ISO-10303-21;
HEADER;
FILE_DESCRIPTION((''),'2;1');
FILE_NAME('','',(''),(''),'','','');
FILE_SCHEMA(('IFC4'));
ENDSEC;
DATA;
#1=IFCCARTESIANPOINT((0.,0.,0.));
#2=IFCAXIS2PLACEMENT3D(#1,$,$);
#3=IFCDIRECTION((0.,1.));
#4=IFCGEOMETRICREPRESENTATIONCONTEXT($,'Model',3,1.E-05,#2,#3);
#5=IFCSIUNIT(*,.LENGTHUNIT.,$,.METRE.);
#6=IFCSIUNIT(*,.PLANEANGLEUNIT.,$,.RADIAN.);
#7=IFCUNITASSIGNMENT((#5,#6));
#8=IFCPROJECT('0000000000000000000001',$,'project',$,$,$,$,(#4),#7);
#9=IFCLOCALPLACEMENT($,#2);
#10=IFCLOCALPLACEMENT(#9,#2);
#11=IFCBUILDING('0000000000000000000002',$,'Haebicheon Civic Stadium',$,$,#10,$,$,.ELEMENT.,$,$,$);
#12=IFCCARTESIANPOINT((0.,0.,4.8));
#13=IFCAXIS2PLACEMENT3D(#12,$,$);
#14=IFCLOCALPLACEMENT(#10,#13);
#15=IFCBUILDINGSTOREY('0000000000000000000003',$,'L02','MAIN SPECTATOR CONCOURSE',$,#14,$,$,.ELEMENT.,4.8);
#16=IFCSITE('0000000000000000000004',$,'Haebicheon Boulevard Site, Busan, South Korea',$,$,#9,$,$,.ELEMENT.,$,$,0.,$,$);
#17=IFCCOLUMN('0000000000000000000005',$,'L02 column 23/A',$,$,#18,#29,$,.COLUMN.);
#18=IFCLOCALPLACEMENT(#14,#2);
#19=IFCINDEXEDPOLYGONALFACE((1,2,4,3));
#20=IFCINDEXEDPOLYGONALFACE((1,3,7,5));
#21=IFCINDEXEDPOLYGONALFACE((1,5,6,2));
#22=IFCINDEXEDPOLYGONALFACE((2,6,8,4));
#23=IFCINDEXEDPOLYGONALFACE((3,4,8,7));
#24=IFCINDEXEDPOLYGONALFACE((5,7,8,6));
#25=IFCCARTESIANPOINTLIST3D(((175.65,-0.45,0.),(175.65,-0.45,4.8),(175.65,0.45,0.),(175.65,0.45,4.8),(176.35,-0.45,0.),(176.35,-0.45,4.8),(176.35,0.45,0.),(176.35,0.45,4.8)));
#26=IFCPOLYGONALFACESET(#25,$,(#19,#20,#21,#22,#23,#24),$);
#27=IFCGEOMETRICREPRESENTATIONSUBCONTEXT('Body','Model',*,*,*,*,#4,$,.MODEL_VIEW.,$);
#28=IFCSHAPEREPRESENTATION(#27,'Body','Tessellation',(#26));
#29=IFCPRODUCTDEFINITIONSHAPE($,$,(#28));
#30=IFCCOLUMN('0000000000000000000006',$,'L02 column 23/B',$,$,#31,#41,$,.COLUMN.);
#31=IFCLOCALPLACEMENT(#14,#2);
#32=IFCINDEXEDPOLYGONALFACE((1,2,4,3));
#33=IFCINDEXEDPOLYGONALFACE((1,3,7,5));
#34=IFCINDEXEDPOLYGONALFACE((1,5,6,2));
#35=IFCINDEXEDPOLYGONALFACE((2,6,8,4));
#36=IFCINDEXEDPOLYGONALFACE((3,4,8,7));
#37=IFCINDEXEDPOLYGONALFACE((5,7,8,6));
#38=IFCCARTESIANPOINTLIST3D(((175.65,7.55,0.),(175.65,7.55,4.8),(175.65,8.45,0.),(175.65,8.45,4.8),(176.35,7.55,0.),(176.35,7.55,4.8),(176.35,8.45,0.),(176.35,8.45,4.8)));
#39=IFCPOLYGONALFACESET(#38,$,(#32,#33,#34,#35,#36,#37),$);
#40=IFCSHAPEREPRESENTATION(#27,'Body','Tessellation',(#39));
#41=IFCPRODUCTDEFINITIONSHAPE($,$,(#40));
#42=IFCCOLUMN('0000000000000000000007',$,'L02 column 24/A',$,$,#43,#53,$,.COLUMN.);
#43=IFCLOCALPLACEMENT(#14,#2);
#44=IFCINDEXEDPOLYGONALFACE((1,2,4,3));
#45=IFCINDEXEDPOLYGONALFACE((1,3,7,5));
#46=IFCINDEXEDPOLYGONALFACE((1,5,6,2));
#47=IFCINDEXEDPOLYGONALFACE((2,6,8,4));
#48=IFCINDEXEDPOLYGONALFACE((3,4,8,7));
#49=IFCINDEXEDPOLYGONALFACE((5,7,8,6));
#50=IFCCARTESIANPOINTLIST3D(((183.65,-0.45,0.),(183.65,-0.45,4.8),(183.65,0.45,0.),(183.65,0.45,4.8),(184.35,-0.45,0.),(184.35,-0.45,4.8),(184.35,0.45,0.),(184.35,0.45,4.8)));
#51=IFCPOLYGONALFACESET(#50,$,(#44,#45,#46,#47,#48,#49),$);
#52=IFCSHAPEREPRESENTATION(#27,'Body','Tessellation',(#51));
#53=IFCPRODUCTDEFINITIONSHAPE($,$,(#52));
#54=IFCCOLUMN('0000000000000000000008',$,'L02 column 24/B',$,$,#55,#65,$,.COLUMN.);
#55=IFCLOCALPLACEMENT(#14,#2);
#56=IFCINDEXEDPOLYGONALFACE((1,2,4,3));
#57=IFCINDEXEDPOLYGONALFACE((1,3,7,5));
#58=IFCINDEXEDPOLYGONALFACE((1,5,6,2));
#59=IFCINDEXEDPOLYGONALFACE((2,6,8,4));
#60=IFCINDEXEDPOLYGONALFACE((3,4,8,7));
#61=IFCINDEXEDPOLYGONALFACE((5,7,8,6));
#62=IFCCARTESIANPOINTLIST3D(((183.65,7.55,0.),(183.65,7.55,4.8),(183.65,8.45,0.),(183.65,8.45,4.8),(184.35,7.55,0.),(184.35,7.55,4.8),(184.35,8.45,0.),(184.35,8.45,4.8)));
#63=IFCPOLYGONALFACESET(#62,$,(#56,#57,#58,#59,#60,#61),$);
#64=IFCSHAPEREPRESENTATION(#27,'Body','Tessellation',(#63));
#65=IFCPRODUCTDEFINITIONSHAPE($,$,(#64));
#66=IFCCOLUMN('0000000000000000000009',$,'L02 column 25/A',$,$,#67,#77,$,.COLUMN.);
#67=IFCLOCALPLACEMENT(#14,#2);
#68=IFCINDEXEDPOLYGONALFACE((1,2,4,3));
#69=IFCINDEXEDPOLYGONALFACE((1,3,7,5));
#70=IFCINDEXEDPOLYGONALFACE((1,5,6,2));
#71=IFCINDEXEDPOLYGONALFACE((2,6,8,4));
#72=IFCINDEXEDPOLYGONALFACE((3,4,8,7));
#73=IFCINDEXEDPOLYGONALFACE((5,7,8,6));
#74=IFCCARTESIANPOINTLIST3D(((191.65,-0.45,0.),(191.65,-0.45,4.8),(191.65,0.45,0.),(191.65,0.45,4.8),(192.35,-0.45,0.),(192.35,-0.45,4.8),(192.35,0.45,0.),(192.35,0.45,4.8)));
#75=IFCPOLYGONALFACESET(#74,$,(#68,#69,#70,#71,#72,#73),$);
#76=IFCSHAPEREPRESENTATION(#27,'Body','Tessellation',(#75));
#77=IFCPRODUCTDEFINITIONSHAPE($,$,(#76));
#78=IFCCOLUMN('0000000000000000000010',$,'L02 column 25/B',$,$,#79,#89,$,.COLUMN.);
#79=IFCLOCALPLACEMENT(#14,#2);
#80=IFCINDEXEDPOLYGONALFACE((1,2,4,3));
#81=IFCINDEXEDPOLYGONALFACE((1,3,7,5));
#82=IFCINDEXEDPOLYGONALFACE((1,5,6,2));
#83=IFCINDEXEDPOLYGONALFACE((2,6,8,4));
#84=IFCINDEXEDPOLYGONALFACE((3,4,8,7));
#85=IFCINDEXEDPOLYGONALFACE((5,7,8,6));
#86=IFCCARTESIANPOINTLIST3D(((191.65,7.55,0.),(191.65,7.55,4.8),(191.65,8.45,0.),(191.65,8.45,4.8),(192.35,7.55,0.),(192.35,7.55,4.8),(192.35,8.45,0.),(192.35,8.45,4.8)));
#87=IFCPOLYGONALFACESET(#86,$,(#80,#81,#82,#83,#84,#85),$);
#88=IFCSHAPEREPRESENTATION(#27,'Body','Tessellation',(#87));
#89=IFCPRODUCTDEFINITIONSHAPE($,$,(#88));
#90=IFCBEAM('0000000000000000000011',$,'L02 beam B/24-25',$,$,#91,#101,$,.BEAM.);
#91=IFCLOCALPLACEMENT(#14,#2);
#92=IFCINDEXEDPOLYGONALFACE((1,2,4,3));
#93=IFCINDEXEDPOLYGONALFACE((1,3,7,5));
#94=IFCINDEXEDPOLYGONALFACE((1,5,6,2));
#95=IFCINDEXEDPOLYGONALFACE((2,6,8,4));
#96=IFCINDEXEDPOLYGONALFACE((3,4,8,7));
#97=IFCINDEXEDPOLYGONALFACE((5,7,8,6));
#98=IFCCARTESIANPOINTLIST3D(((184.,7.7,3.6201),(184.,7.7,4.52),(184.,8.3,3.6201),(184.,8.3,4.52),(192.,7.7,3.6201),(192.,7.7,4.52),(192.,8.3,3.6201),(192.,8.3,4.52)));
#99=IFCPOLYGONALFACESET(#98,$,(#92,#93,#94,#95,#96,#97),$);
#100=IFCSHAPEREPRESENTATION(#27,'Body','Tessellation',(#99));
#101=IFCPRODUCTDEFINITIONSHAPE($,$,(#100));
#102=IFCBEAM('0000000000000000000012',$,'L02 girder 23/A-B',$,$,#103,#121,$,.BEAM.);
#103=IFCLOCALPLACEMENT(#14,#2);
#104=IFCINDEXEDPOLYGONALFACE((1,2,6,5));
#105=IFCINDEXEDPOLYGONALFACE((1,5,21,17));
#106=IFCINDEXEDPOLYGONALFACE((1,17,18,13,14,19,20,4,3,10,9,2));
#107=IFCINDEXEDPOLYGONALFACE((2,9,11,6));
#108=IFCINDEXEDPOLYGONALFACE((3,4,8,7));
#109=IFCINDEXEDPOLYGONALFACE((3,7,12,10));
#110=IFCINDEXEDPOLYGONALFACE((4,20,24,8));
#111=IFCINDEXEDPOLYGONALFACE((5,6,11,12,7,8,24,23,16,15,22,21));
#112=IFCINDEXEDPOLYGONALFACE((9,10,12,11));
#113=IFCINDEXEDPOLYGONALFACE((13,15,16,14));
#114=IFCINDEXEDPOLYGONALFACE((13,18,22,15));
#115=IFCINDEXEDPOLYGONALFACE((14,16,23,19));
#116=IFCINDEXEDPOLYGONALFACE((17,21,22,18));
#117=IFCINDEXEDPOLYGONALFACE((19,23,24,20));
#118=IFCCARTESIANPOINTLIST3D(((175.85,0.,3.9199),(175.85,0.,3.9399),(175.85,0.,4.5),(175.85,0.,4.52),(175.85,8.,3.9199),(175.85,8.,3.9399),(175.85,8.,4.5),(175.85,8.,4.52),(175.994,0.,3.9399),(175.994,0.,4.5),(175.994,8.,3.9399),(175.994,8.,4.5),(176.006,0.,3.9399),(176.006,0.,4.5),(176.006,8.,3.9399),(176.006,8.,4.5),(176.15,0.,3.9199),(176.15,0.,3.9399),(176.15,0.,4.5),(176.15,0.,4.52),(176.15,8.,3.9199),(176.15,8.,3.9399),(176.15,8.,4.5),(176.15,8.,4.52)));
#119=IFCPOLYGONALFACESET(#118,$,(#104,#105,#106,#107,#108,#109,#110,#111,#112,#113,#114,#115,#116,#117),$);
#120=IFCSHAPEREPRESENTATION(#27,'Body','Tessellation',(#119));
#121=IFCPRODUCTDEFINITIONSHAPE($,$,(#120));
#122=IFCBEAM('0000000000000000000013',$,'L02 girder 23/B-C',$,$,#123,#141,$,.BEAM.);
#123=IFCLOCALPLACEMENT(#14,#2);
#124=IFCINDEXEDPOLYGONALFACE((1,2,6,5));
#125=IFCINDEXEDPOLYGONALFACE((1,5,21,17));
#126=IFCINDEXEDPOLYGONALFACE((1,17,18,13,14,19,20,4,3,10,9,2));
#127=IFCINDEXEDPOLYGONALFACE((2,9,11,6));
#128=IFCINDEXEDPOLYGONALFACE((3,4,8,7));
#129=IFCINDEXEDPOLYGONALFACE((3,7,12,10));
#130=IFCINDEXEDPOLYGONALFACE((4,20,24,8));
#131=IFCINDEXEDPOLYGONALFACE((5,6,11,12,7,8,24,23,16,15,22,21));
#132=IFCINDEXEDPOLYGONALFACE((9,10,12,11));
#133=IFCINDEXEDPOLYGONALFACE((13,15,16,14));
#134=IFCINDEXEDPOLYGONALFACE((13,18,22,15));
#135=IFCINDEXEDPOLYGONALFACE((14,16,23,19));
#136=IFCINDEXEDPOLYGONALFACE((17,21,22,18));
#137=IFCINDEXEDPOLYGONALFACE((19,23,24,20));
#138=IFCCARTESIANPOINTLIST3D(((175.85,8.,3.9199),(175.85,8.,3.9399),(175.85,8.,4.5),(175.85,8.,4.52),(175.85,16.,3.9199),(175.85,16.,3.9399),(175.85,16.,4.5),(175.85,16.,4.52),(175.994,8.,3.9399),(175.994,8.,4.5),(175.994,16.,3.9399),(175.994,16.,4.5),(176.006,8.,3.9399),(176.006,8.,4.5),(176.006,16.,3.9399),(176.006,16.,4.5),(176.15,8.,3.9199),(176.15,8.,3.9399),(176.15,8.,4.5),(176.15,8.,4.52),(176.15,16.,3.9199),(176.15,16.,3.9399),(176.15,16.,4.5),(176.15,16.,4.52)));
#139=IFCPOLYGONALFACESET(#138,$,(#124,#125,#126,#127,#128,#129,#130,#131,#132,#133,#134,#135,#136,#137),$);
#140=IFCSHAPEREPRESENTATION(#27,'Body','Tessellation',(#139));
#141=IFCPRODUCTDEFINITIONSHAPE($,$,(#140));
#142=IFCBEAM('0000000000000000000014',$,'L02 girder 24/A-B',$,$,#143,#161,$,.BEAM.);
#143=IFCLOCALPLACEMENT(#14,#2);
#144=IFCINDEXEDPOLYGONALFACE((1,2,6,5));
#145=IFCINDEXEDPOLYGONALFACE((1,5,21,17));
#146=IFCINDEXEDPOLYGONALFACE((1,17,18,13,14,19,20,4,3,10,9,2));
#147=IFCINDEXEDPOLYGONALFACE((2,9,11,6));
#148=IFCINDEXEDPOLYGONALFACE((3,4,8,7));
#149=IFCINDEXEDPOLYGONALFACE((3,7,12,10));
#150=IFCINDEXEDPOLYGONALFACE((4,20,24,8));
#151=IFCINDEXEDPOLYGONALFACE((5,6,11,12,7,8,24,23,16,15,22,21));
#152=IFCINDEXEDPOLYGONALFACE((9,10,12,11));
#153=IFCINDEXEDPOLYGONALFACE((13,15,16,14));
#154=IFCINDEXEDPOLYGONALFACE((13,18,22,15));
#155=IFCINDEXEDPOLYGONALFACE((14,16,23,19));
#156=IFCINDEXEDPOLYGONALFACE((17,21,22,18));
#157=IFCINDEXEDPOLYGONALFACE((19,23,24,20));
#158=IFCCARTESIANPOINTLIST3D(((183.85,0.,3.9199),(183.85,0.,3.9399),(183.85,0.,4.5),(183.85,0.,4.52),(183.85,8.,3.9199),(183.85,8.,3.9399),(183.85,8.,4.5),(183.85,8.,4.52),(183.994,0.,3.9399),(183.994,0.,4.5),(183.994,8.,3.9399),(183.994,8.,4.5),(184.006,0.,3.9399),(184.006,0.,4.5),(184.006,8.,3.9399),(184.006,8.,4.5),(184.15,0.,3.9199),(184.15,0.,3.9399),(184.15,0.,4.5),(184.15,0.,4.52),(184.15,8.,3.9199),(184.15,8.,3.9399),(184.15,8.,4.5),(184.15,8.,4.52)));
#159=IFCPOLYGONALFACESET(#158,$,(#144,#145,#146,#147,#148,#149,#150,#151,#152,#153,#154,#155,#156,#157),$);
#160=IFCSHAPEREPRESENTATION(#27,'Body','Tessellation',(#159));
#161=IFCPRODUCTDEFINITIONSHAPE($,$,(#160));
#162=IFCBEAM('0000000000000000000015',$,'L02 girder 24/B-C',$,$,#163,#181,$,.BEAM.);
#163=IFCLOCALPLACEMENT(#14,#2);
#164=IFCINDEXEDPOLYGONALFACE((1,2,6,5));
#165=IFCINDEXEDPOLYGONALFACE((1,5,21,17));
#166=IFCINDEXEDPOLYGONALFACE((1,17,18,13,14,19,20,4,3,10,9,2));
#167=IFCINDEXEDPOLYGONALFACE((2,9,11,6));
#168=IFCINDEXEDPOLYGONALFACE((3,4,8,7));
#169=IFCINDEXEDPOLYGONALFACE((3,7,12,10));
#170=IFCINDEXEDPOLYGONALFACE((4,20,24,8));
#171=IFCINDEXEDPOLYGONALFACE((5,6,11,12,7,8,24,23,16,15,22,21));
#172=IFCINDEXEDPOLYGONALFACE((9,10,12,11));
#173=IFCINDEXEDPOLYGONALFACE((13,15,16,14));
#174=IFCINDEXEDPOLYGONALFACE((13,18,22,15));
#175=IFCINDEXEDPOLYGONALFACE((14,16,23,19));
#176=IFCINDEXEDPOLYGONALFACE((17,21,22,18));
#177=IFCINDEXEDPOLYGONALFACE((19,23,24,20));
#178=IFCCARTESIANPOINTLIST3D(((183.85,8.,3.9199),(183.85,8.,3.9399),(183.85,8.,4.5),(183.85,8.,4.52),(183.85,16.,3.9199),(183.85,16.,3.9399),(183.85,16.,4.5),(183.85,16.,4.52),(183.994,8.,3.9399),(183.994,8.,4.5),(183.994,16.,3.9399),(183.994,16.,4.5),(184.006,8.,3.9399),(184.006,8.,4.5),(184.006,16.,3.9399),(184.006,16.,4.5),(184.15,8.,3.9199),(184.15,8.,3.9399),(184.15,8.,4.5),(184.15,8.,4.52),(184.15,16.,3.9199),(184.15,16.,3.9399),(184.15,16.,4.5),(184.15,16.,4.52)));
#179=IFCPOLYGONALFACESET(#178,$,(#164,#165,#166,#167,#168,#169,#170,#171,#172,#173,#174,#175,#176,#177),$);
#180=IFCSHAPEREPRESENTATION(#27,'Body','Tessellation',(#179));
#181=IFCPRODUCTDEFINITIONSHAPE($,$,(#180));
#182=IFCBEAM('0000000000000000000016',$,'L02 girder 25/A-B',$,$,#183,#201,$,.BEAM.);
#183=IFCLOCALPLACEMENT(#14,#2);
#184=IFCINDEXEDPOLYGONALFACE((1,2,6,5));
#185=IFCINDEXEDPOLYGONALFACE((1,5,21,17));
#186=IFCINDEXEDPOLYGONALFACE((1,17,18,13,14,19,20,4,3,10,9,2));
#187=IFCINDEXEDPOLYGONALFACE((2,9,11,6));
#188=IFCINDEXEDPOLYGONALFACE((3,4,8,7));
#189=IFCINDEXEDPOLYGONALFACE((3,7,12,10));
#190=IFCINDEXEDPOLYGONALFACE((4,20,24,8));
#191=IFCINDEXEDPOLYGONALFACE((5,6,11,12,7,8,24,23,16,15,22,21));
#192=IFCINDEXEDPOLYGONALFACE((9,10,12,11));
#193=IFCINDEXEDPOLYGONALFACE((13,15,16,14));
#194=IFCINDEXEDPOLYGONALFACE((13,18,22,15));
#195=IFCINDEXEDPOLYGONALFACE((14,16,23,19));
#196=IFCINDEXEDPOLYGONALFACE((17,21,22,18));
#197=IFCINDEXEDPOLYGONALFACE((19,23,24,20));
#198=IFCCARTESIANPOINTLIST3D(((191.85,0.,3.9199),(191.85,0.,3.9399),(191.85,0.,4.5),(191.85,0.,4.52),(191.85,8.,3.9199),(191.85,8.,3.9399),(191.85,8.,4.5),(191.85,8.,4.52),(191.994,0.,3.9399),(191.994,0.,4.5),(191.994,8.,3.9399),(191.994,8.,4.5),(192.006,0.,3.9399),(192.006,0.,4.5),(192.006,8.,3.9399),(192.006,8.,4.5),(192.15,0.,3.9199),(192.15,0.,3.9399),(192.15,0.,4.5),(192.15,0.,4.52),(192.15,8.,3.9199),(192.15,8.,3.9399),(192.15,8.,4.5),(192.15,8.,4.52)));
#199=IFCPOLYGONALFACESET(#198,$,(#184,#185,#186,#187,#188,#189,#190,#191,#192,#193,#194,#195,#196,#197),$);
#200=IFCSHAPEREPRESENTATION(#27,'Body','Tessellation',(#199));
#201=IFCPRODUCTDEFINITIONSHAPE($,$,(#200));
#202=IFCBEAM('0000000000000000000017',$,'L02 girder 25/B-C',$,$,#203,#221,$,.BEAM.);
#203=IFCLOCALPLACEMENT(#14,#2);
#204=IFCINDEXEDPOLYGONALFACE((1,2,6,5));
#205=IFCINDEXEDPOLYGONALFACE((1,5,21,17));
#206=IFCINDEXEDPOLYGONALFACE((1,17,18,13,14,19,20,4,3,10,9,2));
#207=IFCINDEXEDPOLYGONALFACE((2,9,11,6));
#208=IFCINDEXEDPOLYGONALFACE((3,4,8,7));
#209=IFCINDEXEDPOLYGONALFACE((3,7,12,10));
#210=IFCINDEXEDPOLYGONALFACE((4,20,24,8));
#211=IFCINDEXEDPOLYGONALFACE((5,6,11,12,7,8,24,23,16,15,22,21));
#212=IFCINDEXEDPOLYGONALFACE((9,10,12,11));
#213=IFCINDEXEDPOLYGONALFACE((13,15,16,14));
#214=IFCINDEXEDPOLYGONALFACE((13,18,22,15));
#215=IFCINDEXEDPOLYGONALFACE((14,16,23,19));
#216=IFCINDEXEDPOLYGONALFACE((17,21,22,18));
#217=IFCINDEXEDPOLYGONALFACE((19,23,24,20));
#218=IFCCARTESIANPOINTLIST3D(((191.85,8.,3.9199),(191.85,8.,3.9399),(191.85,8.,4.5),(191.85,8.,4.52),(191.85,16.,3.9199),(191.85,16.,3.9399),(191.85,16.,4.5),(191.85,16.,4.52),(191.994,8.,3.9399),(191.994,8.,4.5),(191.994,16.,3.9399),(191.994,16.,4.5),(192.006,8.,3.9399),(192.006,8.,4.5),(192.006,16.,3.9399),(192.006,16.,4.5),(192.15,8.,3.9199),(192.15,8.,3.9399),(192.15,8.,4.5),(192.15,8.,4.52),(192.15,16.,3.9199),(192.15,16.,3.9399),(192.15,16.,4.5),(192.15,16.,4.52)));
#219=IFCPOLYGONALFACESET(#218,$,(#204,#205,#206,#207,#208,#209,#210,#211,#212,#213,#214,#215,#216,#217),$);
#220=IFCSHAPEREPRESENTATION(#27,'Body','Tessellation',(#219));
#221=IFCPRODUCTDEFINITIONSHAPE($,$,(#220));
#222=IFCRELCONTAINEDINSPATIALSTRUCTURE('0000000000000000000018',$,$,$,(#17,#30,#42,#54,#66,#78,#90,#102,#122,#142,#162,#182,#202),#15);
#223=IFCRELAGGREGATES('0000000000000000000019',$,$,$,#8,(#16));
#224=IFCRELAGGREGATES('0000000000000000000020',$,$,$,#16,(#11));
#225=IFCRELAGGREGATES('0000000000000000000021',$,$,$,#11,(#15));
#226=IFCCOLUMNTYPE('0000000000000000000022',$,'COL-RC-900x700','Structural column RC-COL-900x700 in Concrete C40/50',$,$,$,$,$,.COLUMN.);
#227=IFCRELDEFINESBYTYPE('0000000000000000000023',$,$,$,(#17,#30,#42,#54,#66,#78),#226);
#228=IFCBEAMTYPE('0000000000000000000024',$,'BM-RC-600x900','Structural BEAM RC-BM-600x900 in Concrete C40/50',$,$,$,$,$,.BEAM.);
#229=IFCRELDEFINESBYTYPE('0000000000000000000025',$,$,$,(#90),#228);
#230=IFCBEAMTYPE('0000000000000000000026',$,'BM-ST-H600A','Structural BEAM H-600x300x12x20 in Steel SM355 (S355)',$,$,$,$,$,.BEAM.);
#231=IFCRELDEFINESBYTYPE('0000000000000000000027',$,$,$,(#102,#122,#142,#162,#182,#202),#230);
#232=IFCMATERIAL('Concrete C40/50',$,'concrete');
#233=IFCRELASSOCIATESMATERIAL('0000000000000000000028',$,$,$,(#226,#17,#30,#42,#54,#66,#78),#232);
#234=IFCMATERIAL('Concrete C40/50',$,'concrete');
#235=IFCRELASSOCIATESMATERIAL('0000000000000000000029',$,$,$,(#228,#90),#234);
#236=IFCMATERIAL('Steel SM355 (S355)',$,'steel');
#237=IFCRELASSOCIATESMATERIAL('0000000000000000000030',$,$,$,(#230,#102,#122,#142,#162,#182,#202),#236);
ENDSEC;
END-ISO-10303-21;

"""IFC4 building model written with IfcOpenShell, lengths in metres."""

from ifc_helpers import new_model, si_unit, direction, frame, origin, origin_2d, place, context, subcontext, project, spatial, rectangle, i_section, extrude, material, material_profile, profile_set, type_object, element, save


model = new_model("IFC4")

# Units and contexts
model_context = context("Model", 3, precision=1e-05, world=origin(), true_north=direction((0.0, 1.0)))
body_context = subcontext(model_context, "Body", "Model", "MODEL_VIEW")
ifc_project = project(units=[si_unit("LENGTHUNIT", "METRE"), si_unit("PLANEANGLEUNIT", "RADIAN")], contexts=[model_context])

# Site, building, storey
site_placement = place(None, origin())
site = spatial("IfcSite", under=ifc_project, at=site_placement, Name="Haebicheon Boulevard Site, Busan, South Korea", CompositionType="ELEMENT", RefElevation=0.0)
building_placement = place(site_placement, origin())
building = spatial("IfcBuilding", under=site, at=building_placement, Name="Haebicheon Civic Stadium", CompositionType="ELEMENT")
storey_placement = place(building_placement, frame((0.0, 0.0, 4.8)))
storey = spatial("IfcBuildingStorey", under=building, at=storey_placement, Name="L02", Description="MAIN SPECTATOR CONCOURSE", CompositionType="ELEMENT", Elevation=4.8)

# Columns
ifc_material_1 = material(Name="Concrete C40/50", Category="concrete")
ifc_material_profile_1 = material_profile(ifc_material_1, rectangle(XDim=0.7, YDim=0.8999, at=origin_2d()), Name="RC-COL-900x700")
ifc_profile_set_1 = profile_set([ifc_material_profile_1], Name="Concrete C40/50")
column_type = type_object("IfcColumnType", Name="COL-RC-900x700", Description="Structural column RC-COL-900x700 in Concrete C40/50", PredefinedType="COLUMN", material=ifc_profile_set_1)
for number, where, z_axis, x_axis, name in (
    (1, (176.0, 0.0, 0.0), (0.0, 0.0, 1.0), (1.0, 0.0, 0.0), "L02 column 23/A"),
    (2, (176.0, 8.0, 0.0), (0.0, 0.0, 1.0), (1.0, 0.0, 0.0), "L02 column 23/B"),
    (3, (184.0, 0.0, 0.0), (0.0, 0.0, 1.0), (1.0, 0.0, 0.0), "L02 column 24/A"),
    (4, (184.0, 8.0, 0.0), (0.0, 0.0, 1.0), (1.0, 0.0, 0.0), "L02 column 24/B"),
    (5, (192.0, 0.0, 0.0), (0.0, 0.0, 1.0), (1.0, 0.0, 0.0), "L02 column 25/A"),
    (6, (192.0, 8.0, 0.0), (0.0, 0.0, 1.0), (1.0, 0.0, 0.0), "L02 column 25/B"),
):
    element("IfcColumn", number, at=place(storey_placement, frame(where, z_axis=z_axis, x_axis=x_axis)), inside=storey, type_object=column_type, material=ifc_profile_set_1, Name=name, PredefinedType="COLUMN", context=body_context, shape_type="SweptSolid", body=[
        extrude(rectangle(XDim=0.7, YDim=0.8999, at=origin_2d()), origin(), (0.0, 0.0, 1.0), 4.8),
    ])

# Beams
ifc_material_2 = material(Name="Concrete C40/50", Category="concrete")
ifc_material_profile_2 = material_profile(ifc_material_2, rectangle(XDim=0.6001, YDim=0.8999, at=origin_2d()), Name="RC-BM-600x900")
ifc_profile_set_2 = profile_set([ifc_material_profile_2], Name="Concrete C40/50")
beam_type_1 = type_object("IfcBeamType", Name="BM-RC-600x900", Description="Structural BEAM RC-BM-600x900 in Concrete C40/50", PredefinedType="BEAM", material=ifc_profile_set_2)
beam_1_placement = place(storey_placement, frame((184.0, 8.0, 4.0701), z_axis=(1.0, 0.0, 0.0), x_axis=(0.0, 1.0, 0.0)))
element("IfcBeam", 7, at=beam_1_placement, inside=storey, type_object=beam_type_1, material=ifc_profile_set_2, Name="L02 beam B/24-25", PredefinedType="BEAM", context=body_context, shape_type="SweptSolid", body=[
    extrude(rectangle(XDim=0.6001, YDim=0.8999, at=origin_2d()), origin(), (0.0, 0.0, 1.0), 8.0),
])
ifc_material_3 = material(Name="Steel SM355 (S355)", Category="steel")
ifc_material_profile_3 = material_profile(ifc_material_3, i_section(OverallWidth=0.3, OverallDepth=0.6001, WebThickness=0.012, FlangeThickness=0.02, at=origin_2d()), Name="H-600x300x12x20")
ifc_profile_set_3 = profile_set([ifc_material_profile_3], Name="Steel SM355 (S355)")
beam_type_2 = type_object("IfcBeamType", Name="BM-ST-H600A", Description="Structural BEAM H-600x300x12x20 in Steel SM355 (S355)", PredefinedType="BEAM", material=ifc_profile_set_3)
for number, where, z_axis, x_axis, name in (
    (8, (176.0, 0.0, 4.22), (0.0, 1.0, 0.0), (-1.0, 0.0, 0.0), "L02 girder 23/A-B"),
    (9, (176.0, 8.0, 4.22), (0.0, 1.0, 0.0), (-1.0, 0.0, 0.0), "L02 girder 23/B-C"),
    (10, (184.0, 0.0, 4.22), (0.0, 1.0, 0.0), (-1.0, 0.0, 0.0), "L02 girder 24/A-B"),
    (11, (184.0, 8.0, 4.22), (0.0, 1.0, 0.0), (-1.0, 0.0, 0.0), "L02 girder 24/B-C"),
    (12, (192.0, 0.0, 4.22), (0.0, 1.0, 0.0), (-1.0, 0.0, 0.0), "L02 girder 25/A-B"),
    (13, (192.0, 8.0, 4.22), (0.0, 1.0, 0.0), (-1.0, 0.0, 0.0), "L02 girder 25/B-C"),
):
    element("IfcBeam", number, at=place(storey_placement, frame(where, z_axis=z_axis, x_axis=x_axis)), inside=storey, type_object=beam_type_2, material=ifc_profile_set_3, Name=name, PredefinedType="BEAM", context=body_context, shape_type="SweptSolid", body=[
        extrude(i_section(OverallWidth=0.3, OverallDepth=0.6001, WebThickness=0.012, FlangeThickness=0.02, at=origin_2d()), origin(), (0.0, 0.0, 1.0), 8.0),
    ])

save(model, "model.ifc")
